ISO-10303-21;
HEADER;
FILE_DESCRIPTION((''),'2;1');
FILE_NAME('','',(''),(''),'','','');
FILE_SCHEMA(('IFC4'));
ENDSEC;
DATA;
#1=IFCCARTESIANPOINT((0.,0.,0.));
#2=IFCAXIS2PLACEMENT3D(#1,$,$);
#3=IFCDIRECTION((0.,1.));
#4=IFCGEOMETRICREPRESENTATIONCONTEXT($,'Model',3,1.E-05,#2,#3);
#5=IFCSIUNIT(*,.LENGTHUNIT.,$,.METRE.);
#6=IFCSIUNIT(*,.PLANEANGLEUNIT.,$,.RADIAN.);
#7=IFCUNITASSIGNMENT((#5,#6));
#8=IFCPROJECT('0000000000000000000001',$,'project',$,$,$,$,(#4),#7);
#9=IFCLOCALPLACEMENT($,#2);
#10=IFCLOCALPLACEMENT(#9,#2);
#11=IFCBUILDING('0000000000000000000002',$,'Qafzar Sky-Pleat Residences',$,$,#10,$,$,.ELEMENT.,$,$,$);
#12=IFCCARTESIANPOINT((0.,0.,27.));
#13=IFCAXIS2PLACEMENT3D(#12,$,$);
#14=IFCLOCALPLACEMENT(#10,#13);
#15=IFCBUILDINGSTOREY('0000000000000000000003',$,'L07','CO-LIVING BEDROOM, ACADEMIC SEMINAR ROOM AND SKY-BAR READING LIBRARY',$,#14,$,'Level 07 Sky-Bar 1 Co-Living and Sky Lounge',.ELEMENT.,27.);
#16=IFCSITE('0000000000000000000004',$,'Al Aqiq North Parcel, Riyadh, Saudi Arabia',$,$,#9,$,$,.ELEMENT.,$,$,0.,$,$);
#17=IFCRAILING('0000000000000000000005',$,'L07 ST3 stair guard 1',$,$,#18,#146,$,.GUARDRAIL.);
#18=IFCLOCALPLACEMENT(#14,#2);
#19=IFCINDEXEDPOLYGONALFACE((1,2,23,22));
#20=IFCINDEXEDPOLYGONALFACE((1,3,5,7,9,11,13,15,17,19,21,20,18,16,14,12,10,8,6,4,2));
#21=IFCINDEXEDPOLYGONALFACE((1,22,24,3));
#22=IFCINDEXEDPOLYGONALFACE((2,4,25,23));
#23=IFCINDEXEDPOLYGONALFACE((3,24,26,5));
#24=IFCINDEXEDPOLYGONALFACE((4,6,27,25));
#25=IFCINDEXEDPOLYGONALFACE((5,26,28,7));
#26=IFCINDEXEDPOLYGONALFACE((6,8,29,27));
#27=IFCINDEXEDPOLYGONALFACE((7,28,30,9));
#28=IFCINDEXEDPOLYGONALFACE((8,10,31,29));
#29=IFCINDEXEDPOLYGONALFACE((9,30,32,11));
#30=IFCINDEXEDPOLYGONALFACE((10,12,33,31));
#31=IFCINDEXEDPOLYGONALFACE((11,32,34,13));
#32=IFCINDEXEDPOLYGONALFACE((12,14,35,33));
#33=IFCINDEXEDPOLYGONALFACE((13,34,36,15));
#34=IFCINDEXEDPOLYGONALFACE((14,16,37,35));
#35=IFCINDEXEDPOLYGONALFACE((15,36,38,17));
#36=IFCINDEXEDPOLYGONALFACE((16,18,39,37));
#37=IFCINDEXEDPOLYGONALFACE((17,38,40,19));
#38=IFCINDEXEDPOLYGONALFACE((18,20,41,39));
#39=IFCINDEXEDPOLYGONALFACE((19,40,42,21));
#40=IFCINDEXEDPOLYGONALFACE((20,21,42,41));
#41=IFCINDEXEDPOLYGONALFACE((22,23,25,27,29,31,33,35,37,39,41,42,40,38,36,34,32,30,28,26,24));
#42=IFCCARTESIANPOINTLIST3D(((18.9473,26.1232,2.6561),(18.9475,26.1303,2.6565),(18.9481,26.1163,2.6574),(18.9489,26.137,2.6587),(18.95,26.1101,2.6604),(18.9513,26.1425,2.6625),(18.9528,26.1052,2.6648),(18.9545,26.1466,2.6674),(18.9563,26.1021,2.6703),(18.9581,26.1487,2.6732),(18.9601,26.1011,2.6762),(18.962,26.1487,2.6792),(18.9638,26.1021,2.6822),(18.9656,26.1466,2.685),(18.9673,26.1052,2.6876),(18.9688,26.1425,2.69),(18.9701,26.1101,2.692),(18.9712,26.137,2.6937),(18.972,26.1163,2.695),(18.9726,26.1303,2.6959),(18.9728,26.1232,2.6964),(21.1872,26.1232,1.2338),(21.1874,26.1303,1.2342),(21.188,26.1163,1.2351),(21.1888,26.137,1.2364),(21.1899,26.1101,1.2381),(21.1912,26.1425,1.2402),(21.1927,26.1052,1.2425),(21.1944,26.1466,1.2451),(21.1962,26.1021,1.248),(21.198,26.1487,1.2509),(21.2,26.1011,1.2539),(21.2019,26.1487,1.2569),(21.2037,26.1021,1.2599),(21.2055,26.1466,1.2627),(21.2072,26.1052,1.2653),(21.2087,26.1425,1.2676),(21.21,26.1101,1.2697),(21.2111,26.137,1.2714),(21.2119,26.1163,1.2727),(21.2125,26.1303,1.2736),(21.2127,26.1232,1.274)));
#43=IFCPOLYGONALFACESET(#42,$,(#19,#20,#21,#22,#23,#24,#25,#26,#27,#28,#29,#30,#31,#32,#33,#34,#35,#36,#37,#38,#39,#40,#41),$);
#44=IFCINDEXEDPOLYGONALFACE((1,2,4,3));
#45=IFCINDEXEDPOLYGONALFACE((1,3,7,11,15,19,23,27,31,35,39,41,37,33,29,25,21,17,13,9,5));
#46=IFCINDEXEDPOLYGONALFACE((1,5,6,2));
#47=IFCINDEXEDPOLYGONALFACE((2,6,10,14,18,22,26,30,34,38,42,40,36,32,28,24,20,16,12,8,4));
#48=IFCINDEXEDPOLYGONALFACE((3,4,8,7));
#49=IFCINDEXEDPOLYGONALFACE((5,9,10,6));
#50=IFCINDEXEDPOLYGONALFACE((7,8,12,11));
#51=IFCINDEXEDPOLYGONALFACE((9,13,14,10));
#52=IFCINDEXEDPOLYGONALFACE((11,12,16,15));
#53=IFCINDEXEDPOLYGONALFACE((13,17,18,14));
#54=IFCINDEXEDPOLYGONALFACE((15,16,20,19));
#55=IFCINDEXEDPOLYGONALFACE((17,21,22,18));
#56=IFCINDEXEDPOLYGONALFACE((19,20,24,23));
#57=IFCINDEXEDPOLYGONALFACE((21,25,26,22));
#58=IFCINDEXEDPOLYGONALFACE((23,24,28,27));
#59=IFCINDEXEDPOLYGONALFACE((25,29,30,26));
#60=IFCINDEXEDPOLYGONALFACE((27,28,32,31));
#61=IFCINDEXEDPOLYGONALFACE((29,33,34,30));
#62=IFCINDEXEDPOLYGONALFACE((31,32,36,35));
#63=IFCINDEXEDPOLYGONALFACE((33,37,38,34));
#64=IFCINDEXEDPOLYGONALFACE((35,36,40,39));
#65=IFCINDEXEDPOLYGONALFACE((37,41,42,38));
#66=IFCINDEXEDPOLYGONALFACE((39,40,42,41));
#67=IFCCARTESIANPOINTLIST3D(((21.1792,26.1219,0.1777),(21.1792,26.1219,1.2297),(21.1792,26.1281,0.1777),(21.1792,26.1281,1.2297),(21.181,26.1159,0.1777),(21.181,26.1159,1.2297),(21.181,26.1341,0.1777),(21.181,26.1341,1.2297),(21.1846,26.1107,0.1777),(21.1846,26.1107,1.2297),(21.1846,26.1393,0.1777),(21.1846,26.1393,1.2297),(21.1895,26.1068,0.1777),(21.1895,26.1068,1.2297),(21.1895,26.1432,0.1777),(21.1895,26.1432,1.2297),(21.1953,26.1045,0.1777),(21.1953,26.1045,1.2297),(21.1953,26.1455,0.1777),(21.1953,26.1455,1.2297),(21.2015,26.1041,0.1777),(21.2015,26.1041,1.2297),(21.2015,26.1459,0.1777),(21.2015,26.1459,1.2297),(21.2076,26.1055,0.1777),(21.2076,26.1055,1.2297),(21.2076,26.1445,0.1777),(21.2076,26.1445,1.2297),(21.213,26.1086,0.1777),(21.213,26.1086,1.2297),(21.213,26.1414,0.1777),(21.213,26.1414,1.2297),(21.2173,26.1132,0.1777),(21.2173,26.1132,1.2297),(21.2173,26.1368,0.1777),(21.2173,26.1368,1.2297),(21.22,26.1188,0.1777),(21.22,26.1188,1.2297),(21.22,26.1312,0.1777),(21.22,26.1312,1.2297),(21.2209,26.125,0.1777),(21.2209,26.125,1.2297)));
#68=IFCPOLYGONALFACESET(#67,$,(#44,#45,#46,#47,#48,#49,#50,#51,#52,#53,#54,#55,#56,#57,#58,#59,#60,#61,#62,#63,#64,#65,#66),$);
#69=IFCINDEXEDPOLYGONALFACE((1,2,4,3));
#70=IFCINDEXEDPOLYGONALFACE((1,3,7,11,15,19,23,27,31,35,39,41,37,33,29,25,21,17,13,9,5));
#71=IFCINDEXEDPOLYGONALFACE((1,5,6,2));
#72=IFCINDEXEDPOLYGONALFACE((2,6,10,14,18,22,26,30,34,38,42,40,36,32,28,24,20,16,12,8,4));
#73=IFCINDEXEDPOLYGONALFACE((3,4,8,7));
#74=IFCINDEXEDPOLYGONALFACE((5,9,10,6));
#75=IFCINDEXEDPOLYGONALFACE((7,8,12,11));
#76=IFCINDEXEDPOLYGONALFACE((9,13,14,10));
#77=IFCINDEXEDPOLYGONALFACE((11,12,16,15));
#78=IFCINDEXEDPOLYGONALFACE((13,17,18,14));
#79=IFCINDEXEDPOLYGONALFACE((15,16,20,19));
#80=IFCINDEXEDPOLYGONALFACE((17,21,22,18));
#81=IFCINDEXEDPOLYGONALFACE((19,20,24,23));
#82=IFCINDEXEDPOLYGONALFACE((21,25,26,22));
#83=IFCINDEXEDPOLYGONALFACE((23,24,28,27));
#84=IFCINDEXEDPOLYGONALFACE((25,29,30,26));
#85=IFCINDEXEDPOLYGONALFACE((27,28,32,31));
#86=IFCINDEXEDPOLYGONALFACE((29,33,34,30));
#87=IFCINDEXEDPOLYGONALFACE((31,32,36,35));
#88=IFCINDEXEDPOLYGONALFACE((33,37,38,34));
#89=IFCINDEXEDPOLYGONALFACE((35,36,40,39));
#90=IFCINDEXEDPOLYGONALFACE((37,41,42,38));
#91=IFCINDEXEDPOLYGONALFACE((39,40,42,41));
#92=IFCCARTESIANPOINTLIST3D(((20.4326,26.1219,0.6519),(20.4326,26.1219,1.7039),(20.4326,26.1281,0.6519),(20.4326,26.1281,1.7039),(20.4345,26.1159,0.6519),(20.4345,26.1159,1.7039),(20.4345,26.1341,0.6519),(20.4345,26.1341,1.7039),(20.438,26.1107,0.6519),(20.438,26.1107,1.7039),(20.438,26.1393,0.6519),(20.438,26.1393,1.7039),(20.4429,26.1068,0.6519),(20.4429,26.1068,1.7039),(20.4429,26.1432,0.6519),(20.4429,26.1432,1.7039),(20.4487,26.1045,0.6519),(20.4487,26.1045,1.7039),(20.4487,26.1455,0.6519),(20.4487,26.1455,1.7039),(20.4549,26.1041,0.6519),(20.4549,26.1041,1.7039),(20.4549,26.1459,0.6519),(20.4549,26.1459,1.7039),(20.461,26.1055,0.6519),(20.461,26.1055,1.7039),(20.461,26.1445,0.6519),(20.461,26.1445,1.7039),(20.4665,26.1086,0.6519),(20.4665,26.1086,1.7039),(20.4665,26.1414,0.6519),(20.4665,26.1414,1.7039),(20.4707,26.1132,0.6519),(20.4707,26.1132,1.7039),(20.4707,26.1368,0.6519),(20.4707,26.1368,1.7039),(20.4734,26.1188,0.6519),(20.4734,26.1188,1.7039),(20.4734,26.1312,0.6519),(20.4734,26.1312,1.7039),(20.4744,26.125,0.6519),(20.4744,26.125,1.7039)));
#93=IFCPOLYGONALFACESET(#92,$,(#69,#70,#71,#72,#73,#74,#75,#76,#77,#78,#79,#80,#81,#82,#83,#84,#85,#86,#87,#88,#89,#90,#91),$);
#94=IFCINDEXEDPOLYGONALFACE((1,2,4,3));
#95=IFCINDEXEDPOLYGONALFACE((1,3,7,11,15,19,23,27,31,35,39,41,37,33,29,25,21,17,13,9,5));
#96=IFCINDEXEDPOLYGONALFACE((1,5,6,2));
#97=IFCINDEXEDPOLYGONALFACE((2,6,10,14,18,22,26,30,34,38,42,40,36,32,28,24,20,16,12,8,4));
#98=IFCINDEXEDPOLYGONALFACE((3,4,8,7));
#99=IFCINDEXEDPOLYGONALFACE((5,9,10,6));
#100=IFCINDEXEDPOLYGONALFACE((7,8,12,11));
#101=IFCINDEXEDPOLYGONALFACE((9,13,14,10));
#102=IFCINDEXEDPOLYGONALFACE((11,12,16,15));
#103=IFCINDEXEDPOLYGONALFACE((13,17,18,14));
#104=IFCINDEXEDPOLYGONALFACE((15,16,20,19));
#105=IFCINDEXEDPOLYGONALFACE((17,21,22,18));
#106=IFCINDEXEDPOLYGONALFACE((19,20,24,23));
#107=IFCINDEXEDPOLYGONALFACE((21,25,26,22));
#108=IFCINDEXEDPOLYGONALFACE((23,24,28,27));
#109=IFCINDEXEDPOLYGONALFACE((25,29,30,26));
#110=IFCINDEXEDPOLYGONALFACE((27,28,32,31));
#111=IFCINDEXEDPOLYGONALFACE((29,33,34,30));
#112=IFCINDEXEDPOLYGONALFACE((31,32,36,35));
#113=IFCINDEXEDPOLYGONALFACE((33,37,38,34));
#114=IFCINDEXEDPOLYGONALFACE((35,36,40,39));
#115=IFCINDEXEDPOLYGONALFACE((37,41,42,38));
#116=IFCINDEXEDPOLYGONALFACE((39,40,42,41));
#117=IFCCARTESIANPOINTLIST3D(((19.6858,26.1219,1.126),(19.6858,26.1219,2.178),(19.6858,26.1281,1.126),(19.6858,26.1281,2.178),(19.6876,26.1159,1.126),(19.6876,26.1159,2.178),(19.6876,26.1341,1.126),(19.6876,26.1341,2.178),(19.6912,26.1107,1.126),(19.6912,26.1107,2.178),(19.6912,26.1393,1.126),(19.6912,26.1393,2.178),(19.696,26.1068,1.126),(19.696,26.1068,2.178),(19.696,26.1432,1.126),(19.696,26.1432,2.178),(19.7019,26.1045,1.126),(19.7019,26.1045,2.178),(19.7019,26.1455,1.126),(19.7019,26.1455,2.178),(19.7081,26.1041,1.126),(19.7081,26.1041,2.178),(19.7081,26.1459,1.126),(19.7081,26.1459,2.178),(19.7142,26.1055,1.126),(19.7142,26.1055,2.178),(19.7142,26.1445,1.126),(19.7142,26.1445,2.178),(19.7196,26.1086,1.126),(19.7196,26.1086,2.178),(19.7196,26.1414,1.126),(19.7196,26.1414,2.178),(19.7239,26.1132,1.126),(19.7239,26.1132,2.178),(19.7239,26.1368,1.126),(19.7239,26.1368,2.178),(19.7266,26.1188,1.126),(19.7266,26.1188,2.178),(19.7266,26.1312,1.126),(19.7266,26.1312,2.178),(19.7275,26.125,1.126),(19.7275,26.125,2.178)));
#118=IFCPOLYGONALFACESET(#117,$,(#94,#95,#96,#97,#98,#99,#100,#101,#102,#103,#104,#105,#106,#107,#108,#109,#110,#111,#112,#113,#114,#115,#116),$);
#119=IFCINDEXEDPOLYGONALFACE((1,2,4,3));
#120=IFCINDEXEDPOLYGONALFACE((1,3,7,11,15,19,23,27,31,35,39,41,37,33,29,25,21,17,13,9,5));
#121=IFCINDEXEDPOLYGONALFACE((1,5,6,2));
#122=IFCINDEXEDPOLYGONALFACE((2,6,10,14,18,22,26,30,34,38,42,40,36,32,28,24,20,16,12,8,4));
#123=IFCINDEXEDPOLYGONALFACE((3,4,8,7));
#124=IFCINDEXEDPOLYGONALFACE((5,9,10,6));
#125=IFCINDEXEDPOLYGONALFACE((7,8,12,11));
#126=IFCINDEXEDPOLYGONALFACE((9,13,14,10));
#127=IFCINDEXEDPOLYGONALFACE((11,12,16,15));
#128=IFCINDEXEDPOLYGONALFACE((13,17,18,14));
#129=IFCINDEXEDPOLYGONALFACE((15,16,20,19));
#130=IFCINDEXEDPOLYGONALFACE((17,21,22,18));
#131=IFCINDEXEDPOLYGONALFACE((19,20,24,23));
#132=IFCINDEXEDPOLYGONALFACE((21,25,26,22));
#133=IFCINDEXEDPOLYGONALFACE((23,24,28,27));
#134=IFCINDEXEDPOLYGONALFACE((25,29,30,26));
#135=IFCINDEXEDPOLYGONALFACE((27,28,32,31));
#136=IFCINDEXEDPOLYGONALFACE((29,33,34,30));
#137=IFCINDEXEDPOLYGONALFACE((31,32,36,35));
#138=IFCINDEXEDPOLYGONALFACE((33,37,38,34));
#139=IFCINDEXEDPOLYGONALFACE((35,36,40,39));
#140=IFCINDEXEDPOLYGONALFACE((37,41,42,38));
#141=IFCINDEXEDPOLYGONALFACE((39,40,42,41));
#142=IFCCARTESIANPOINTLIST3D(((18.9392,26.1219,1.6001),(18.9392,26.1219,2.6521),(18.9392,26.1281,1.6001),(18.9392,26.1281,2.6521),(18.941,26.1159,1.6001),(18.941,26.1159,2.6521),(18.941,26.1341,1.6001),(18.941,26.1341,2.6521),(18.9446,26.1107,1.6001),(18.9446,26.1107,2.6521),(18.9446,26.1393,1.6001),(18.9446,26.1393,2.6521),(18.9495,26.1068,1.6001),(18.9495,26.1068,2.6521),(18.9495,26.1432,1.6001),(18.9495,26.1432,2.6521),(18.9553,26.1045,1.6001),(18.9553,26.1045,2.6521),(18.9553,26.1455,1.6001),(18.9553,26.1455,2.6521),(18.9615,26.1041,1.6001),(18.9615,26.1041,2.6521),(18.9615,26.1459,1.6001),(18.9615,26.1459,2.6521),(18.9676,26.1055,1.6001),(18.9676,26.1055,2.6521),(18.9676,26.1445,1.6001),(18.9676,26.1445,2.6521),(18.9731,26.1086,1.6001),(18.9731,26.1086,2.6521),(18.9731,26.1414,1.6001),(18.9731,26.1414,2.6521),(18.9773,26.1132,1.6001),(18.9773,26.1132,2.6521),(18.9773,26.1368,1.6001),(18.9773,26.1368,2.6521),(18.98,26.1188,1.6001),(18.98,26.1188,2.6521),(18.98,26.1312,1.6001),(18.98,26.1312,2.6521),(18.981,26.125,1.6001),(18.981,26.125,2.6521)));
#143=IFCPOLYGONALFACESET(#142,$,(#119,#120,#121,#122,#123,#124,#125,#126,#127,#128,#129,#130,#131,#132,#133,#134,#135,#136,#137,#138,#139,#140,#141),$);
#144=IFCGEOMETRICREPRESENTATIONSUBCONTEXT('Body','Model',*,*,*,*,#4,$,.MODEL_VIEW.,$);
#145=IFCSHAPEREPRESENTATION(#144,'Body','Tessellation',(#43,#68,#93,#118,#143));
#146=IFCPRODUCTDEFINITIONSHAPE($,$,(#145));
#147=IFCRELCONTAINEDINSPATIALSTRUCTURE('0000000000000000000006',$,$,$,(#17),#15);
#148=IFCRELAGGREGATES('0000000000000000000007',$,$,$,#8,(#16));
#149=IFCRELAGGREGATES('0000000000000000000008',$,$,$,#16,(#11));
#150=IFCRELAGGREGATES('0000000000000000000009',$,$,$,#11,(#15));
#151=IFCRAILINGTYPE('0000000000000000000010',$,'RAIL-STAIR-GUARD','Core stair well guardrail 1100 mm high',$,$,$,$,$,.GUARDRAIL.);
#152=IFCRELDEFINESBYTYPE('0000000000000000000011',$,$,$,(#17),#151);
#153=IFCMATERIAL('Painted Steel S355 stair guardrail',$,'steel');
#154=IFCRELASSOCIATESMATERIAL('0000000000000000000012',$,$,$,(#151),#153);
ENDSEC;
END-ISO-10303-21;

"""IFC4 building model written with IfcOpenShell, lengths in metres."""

from ifc_helpers import new_model, si_unit, direction, frame, origin, origin_2d, place, context, subcontext, project, spatial, circle, extrude, source, transform, mapped, material, type_object, element, save


model = new_model("IFC4")

# Units and contexts
model_context = context("Model", 3, precision=1e-05, world=origin(), true_north=direction((0.0, 1.0)))
body_context = subcontext(model_context, "Body", "Model", "MODEL_VIEW")
ifc_project = project(units=[si_unit("LENGTHUNIT", "METRE"), si_unit("PLANEANGLEUNIT", "RADIAN")], contexts=[model_context])

# Site, building, storey
site_placement = place(None, origin())
site = spatial("IfcSite", under=ifc_project, at=site_placement, Name="Al Aqiq North Parcel, Riyadh, Saudi Arabia", CompositionType="ELEMENT", RefElevation=0.0)
building_placement = place(site_placement, origin())
building = spatial("IfcBuilding", under=site, at=building_placement, Name="Qafzar Sky-Pleat Residences", CompositionType="ELEMENT")
storey_placement = place(building_placement, frame((0.0, 0.0, 27.0)))
storey = spatial("IfcBuildingStorey", under=building, at=storey_placement, Name="L07", Description="CO-LIVING BEDROOM, ACADEMIC SEMINAR ROOM AND SKY-BAR READING LIBRARY", LongName="Level 07 Sky-Bar 1 Co-Living and Sky Lounge", CompositionType="ELEMENT", Elevation=27.0)

# Railing
ifc_material_1 = material(Name="Painted Steel S355 stair guardrail", Category="steel")
railing_type_1 = type_object("IfcRailingType", Name="RAIL-STAIR-GUARD", Description="Core stair well guardrail 1100 mm high", PredefinedType="GUARDRAIL", material=ifc_material_1)
shared_shape_1 = source(origin(), body_context, "Body", "SweptSolid", [
    extrude(circle(Radius=0.0239, at=origin_2d()), frame((0.0, 0.0, 1.0762), z_axis=(-0.844188, 0.0, 0.536048), x_axis=(0.0, -1.0, 0.0)), (0.0, 0.0, 1.0), 2.6533),
    extrude(circle(Radius=0.021, at=origin_2d()), origin(), (0.0, 0.0, 1.0), 1.052),
    extrude(circle(Radius=0.021, at=origin_2d()), frame((-0.7466, 0.0, 0.4741)), (0.0, 0.0, 1.0), 1.052),
    extrude(circle(Radius=0.021, at=origin_2d()), frame((-1.4934, 0.0, 0.9482)), (0.0, 0.0, 1.0), 1.052),
    extrude(circle(Radius=0.021, at=origin_2d()), frame((-2.24, 0.0, 1.4224)), (0.0, 0.0, 1.0), 1.052),
])
railing_1_placement = place(storey_placement, frame((21.2, 26.125, 0.1777)))
element("IfcRailing", 1, at=railing_1_placement, inside=storey, type_object=railing_type_1, Name="L07 ST3 stair guard 1", PredefinedType="GUARDRAIL", context=body_context, shape_type="MappedRepresentation", body=[
    mapped(shared_shape_1, transform((0.0, 0.0, 0.0), x_axis=(1.0, 0.0, 0.0), y_axis=(0.0, 1.0, 0.0), z_axis=(0.0, 0.0, 1.0), scale=1.0)),
])

save(model, "model.ifc")
